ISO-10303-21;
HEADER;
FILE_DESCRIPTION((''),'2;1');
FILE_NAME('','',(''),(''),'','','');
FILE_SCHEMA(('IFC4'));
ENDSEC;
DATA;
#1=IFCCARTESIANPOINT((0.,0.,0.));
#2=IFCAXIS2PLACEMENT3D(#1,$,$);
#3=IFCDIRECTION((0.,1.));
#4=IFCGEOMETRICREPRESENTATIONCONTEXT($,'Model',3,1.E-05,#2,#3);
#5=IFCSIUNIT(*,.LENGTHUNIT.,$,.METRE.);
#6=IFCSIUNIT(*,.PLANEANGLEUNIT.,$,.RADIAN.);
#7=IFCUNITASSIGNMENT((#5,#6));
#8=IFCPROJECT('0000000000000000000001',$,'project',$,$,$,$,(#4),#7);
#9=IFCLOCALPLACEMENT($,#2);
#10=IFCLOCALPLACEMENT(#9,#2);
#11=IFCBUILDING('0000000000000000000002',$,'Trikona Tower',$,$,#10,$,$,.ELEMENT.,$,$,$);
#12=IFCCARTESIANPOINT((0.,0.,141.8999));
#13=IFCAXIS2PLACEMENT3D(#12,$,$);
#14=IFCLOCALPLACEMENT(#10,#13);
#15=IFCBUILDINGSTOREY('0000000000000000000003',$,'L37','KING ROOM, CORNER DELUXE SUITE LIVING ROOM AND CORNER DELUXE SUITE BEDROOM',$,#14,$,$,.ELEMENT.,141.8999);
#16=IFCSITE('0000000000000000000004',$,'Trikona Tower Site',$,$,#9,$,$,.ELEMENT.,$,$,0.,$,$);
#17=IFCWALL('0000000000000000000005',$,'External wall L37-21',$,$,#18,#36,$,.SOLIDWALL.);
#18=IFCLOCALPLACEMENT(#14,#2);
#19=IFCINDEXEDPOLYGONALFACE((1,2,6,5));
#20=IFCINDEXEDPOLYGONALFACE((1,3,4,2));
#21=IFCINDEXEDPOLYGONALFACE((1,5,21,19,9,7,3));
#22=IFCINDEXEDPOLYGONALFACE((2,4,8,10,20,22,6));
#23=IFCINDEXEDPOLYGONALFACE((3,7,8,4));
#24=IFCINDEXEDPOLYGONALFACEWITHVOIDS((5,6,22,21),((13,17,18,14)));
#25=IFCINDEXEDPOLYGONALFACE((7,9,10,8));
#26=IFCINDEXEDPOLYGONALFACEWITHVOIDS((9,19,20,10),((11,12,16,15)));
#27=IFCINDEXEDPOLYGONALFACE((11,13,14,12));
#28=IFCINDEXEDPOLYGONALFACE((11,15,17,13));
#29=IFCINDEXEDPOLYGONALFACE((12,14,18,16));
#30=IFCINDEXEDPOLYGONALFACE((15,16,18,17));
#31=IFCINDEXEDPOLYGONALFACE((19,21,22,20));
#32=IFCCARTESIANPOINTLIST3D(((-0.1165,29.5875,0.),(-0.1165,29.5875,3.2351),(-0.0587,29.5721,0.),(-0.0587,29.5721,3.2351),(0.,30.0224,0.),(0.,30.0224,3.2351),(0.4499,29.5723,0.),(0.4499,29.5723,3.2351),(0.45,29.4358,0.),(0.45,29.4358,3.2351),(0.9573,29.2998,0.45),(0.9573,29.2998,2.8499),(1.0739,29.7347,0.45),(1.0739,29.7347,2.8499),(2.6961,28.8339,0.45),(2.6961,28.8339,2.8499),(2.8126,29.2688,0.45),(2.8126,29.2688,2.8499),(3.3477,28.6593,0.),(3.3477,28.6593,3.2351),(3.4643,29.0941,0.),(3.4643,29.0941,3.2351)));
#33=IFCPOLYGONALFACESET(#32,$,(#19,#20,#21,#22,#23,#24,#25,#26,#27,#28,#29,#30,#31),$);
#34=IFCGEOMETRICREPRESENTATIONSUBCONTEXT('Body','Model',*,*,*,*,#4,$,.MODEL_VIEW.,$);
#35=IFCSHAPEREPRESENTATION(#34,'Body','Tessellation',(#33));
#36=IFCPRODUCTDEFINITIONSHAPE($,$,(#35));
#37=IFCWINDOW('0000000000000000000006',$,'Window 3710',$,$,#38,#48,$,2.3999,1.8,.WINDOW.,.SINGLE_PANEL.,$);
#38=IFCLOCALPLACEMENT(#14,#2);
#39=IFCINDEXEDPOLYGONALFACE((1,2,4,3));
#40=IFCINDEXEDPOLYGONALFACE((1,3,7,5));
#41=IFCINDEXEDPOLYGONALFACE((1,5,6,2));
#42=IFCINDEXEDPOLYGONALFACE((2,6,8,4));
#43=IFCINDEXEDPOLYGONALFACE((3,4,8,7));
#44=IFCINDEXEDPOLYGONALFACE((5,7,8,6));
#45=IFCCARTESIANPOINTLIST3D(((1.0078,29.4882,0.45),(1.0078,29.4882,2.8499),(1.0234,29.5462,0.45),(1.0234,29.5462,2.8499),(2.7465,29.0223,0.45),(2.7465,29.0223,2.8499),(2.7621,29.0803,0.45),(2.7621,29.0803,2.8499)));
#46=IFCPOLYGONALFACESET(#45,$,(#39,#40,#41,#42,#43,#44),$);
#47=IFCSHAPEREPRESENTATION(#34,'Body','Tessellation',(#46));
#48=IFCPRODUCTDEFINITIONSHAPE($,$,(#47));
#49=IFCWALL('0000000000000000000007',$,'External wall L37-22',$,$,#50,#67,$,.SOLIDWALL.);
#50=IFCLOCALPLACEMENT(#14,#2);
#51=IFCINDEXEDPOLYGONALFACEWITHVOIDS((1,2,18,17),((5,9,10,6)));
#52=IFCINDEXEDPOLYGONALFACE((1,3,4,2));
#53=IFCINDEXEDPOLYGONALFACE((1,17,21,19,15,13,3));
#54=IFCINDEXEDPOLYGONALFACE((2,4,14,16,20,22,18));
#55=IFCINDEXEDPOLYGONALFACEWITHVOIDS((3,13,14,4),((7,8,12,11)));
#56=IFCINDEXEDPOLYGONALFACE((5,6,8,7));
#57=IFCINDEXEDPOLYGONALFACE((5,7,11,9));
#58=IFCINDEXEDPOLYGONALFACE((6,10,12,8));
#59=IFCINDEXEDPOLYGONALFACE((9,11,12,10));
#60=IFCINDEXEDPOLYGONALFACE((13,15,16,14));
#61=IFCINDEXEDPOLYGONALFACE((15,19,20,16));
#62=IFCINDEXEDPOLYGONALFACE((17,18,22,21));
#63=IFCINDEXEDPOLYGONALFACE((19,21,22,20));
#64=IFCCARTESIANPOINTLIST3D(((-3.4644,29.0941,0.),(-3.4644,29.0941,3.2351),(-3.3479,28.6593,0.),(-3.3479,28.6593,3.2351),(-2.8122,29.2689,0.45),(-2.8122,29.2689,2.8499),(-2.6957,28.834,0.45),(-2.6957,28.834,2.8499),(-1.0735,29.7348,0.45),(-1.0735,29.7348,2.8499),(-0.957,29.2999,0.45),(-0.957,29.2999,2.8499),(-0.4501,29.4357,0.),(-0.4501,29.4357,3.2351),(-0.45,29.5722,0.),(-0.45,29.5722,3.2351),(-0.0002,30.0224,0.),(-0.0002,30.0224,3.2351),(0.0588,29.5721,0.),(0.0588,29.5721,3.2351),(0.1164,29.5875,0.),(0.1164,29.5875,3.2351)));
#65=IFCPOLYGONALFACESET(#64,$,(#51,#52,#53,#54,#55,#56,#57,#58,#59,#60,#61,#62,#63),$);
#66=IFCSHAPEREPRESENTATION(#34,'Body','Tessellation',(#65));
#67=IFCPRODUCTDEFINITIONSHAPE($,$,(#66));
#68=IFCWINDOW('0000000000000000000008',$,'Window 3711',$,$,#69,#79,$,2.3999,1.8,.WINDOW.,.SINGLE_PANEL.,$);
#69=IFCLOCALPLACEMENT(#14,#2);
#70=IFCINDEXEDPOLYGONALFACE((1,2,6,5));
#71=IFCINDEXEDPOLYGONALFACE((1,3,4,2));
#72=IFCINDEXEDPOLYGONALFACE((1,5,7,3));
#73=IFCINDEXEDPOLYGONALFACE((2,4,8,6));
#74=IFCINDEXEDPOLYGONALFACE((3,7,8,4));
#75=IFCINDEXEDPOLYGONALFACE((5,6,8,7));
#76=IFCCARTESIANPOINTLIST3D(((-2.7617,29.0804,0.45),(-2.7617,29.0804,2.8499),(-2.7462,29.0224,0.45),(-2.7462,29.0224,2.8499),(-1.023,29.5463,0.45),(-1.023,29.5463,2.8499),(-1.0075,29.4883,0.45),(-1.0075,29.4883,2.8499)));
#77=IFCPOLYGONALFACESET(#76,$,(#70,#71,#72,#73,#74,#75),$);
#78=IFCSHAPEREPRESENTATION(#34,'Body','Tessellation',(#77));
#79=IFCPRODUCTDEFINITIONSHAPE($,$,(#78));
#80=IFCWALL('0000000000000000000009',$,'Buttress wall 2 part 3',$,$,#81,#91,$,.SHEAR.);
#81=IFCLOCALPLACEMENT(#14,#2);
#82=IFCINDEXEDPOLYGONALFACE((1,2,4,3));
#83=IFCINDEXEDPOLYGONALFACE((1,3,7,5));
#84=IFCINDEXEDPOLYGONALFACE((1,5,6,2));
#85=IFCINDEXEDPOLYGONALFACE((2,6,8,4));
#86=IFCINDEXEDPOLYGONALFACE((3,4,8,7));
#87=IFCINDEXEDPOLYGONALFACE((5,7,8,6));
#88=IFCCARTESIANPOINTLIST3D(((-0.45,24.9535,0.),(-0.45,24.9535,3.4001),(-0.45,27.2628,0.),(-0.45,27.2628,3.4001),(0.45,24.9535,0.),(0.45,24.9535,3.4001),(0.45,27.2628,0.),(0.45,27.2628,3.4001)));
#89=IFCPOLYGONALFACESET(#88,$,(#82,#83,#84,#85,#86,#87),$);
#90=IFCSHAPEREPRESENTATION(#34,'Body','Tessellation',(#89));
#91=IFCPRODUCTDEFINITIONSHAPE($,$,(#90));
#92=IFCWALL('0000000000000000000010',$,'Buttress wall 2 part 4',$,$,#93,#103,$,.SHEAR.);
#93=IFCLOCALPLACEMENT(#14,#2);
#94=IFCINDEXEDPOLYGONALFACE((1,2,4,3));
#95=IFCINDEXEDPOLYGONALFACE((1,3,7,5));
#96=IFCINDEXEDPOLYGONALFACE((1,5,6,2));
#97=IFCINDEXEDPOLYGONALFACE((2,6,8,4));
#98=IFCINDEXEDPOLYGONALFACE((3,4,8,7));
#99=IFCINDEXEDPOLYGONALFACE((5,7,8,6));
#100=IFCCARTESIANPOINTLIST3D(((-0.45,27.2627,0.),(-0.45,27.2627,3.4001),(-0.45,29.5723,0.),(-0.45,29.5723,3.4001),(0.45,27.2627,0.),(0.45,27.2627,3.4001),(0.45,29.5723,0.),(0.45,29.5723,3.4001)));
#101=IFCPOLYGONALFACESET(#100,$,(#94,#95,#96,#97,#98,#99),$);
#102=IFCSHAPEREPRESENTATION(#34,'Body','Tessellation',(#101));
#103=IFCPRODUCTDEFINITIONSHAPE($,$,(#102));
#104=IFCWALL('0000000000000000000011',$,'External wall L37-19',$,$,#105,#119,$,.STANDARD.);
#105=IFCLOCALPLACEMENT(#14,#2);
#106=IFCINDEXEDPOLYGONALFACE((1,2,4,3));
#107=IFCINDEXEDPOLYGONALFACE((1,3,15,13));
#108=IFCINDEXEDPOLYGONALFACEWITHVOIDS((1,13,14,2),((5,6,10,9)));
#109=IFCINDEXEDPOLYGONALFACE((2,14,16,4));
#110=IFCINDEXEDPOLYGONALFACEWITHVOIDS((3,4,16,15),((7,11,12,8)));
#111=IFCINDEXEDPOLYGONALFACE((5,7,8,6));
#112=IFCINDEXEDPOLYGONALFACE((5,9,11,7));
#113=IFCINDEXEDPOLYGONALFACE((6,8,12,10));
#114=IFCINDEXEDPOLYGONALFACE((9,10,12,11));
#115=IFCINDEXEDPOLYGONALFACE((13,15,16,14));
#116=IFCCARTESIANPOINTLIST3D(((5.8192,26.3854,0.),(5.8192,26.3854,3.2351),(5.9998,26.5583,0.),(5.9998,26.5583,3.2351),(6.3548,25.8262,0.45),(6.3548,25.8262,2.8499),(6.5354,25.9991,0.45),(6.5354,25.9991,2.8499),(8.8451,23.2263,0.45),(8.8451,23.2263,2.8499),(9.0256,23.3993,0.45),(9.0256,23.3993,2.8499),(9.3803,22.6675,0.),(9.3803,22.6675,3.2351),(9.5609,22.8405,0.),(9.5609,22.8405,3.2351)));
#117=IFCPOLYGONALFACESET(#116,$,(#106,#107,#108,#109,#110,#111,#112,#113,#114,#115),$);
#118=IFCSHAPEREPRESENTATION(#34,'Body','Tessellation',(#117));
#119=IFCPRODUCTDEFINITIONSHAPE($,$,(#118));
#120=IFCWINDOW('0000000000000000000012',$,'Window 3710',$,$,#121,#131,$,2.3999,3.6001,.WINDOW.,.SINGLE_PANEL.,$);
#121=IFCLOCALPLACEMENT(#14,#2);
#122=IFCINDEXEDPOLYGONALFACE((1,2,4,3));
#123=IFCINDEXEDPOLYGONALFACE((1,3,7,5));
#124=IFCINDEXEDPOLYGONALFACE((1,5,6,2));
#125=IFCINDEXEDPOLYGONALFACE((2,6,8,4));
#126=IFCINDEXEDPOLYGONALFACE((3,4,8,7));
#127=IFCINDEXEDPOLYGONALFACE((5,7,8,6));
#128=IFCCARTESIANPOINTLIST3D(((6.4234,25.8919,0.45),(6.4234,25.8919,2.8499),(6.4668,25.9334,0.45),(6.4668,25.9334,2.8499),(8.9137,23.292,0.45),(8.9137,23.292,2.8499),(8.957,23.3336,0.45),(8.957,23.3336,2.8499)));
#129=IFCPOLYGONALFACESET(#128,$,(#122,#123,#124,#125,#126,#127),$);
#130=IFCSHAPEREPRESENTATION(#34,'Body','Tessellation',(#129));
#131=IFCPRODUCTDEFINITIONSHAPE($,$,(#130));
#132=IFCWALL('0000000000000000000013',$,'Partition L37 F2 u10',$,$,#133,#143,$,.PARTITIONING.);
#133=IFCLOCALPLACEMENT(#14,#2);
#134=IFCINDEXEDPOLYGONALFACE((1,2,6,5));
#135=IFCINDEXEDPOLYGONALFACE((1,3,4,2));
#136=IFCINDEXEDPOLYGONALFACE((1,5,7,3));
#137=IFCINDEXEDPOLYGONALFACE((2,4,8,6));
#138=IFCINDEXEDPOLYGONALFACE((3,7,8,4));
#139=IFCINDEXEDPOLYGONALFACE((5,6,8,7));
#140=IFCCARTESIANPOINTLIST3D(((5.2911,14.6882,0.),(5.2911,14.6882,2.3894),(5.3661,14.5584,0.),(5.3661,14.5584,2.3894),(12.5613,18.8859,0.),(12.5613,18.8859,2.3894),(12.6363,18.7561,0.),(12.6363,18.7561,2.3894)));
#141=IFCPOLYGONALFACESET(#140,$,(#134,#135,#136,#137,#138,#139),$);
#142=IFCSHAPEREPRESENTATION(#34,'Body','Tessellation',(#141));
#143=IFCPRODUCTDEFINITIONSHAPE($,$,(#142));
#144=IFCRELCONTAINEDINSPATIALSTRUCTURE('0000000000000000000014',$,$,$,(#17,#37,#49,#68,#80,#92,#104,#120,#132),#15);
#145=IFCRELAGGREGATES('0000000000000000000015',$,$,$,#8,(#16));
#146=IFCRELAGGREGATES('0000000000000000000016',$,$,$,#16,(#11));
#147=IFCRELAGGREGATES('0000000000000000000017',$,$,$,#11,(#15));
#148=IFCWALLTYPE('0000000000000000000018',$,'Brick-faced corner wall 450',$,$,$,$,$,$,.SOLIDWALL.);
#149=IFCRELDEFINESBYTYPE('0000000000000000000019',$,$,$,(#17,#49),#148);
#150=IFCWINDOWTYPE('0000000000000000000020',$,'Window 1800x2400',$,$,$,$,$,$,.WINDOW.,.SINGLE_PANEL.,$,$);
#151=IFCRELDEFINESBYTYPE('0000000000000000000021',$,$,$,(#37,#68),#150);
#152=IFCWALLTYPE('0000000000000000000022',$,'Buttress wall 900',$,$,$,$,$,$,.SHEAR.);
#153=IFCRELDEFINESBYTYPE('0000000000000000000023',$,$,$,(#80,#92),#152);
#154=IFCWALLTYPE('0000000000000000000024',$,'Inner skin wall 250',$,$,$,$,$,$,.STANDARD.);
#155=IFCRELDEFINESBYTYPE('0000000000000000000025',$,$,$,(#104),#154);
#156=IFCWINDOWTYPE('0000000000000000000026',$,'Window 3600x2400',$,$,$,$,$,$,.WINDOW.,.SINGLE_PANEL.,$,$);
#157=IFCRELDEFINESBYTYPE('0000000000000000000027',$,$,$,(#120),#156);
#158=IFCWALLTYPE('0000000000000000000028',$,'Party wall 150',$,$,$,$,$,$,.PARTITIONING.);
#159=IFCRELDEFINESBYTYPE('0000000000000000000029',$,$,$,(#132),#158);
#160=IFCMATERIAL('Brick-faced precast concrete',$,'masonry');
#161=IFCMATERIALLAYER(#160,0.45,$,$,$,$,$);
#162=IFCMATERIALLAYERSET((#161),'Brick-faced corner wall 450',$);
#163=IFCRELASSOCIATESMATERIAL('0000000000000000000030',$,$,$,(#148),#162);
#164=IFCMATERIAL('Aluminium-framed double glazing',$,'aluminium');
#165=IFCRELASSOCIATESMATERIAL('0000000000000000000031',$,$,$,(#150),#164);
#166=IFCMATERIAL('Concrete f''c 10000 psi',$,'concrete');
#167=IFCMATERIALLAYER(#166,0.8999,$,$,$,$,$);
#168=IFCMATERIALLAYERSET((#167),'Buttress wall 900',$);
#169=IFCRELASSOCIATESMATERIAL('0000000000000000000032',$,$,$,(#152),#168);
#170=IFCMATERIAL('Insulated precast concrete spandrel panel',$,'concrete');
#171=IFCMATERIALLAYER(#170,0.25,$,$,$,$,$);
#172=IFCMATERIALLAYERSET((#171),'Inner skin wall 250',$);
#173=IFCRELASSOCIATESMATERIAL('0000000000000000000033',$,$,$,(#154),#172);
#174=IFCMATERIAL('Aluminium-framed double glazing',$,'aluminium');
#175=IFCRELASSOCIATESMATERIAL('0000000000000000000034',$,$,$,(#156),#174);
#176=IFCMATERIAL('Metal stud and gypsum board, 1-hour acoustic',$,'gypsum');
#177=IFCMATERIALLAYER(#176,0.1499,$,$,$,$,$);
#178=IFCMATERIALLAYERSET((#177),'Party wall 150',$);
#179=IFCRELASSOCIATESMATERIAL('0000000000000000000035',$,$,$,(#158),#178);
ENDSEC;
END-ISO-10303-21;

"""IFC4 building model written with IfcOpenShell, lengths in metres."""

from ifc_helpers import new_model, si_unit, direction, frame, frame_2d, origin, place, context, subcontext, project, spatial, polyline, rectangle, outline, extrude, material, layer, layer_set, type_object, element, fill, save


model = new_model("IFC4")

# Units and contexts
model_context = context("Model", 3, precision=1e-05, world=origin(), true_north=direction((0.0, 1.0)))
body_context = subcontext(model_context, "Body", "Model", "MODEL_VIEW")
ifc_project = project(units=[si_unit("LENGTHUNIT", "METRE"), si_unit("PLANEANGLEUNIT", "RADIAN")], contexts=[model_context])

# Site, building, storey
site_placement = place(None, origin())
site = spatial("IfcSite", under=ifc_project, at=site_placement, Name="Trikona Tower Site", CompositionType="ELEMENT", RefElevation=0.0)
building_placement = place(site_placement, origin())
building = spatial("IfcBuilding", under=site, at=building_placement, Name="Trikona Tower", CompositionType="ELEMENT")
storey_placement = place(building_placement, frame((0.0, 0.0, 141.8999)))
storey = spatial("IfcBuildingStorey", under=building, at=storey_placement, Name="L37", Description="KING ROOM, CORNER DELUXE SUITE LIVING ROOM AND CORNER DELUXE SUITE BEDROOM", CompositionType="ELEMENT", Elevation=141.8999)

# Walls, openings, windows
ifc_material_1 = material(Name="Brick-faced precast concrete", Category="masonry")
ifc_layer_1 = layer(ifc_material_1, 0.45)
ifc_layer_set_1 = layer_set([ifc_layer_1], Name="Brick-faced corner wall 450")
wall_type_1 = type_object("IfcWallType", Name="Brick-faced corner wall 450", PredefinedType="SOLIDWALL", material=ifc_layer_set_1)
wall_1_placement = place(storey_placement, frame((3.406, 28.8767, 0.0), z_axis=(0.0, 0.0, 1.0), x_axis=(-0.965925, 0.258823, 0.0)))
wall_1 = element("IfcWall", 1, at=wall_1_placement, inside=storey, type_object=wall_type_1, Name="External wall L37-21", PredefinedType="SOLIDWALL", context=body_context, shape_type="SweptSolid", body=[
    extrude(outline(polyline([(3.5864, 0.2251), (3.5266, 0.2251), (3.0354, 0.0933), (3.0, 0.2251), (0.0, 0.2251), (0.0, -0.2251), (3.5864, -0.2251), (3.5864, 0.2251)])), origin(), (0.0, 0.0, 1.0), 3.2351),
])
opening_1_placement = place(wall_1_placement, frame((0.6748, 0.0, 0.45)))
opening_1 = element("IfcOpeningElement", 2, at=opening_1_placement, cuts=wall_1, PredefinedType="OPENING", context=body_context, shape_type="SweptSolid", body=[
    extrude(rectangle(XDim=1.8, YDim=2.3999, at=frame_2d((0.8999, 1.2))), frame((0.0, 0.2349, 0.0), z_axis=(0.0, -1.0, 0.0), x_axis=(1.0, 0.0, 0.0)), (0.0, 0.0, 1.0), 0.47),
])
ifc_material_2 = material(Name="Aluminium-framed double glazing", Category="aluminium")
window_type_1 = type_object("IfcWindowType", Name="Window 1800x2400", PartitioningType="SINGLE_PANEL", PredefinedType="WINDOW", material=ifc_material_2)
window_1_placement = place(opening_1_placement, origin())
window_1 = element("IfcWindow", 3, at=window_1_placement, inside=storey, type_object=window_type_1, Name="Window 3710", OverallHeight=2.3999, OverallWidth=1.8, PartitioningType="SINGLE_PANEL", PredefinedType="WINDOW", context=body_context, shape_type="SweptSolid", body=[
    extrude(rectangle(XDim=1.8, YDim=2.3999, at=frame_2d((0.8999, 1.2))), frame((0.0, 0.03, 0.0), z_axis=(0.0, -1.0, 0.0), x_axis=(1.0, 0.0, 0.0)), (0.0, 0.0, 1.0), 0.0601),
])
fill(opening_1, window_1)
wall_2_placement = place(storey_placement, frame((0.0581, 29.8049, 0.0), z_axis=(0.0, 0.0, 1.0), x_axis=(-0.965925, -0.258823, 0.0)))
wall_2 = element("IfcWall", 4, at=wall_2_placement, inside=storey, type_object=wall_type_1, Name="External wall L37-22", PredefinedType="SOLIDWALL", context=body_context, shape_type="SweptSolid", body=[
    extrude(outline(polyline([(3.5864, 0.2251), (0.5864, 0.2251), (0.551, 0.0933), (0.0596, 0.2251), (0.0, 0.2251), (0.0, -0.2251), (3.5864, -0.2251), (3.5864, 0.2251)])), origin(), (0.0, 0.0, 1.0), 3.2351),
])
opening_2_placement = place(wall_2_placement, frame((1.1113, 0.0, 0.45)))
opening_2 = element("IfcOpeningElement", 5, at=opening_2_placement, cuts=wall_2, PredefinedType="OPENING", context=body_context, shape_type="SweptSolid", body=[
    extrude(rectangle(XDim=1.8, YDim=2.3999, at=frame_2d((0.8999, 1.2))), frame((0.0, 0.2349, 0.0), z_axis=(0.0, -1.0, 0.0), x_axis=(1.0, 0.0, 0.0)), (0.0, 0.0, 1.0), 0.47),
])
window_2_placement = place(opening_2_placement, origin())
window_2 = element("IfcWindow", 6, at=window_2_placement, inside=storey, type_object=window_type_1, Name="Window 3711", OverallHeight=2.3999, OverallWidth=1.8, PartitioningType="SINGLE_PANEL", PredefinedType="WINDOW", context=body_context, shape_type="SweptSolid", body=[
    extrude(rectangle(XDim=1.8, YDim=2.3999, at=frame_2d((0.8999, 1.2))), frame((0.0, 0.03, 0.0), z_axis=(0.0, -1.0, 0.0), x_axis=(1.0, 0.0, 0.0)), (0.0, 0.0, 1.0), 0.0601),
])
fill(opening_2, window_2)

# Walls
ifc_material_3 = material(Name="Concrete f'c 10000 psi", Category="concrete")
ifc_layer_2 = layer(ifc_material_3, 0.8999)
ifc_layer_set_2 = layer_set([ifc_layer_2], Name="Buttress wall 900")
wall_type_2 = type_object("IfcWallType", Name="Buttress wall 900", PredefinedType="SHEAR", material=ifc_layer_set_2)
wall_3_placement = place(storey_placement, frame((0.0, 24.9534, 0.0), z_axis=(0.0, 0.0, 1.0), x_axis=(0.0, 1.0, 0.0)))
element("IfcWall", 7, at=wall_3_placement, inside=storey, type_object=wall_type_2, Name="Buttress wall 2 part 3", PredefinedType="SHEAR", context=body_context, shape_type="SweptSolid", body=[
    extrude(rectangle(XDim=2.3093, YDim=0.8999, at=frame_2d((1.1548, 0.0))), origin(), (0.0, 0.0, 1.0), 3.4001),
])
wall_4_placement = place(storey_placement, frame((0.0, 27.2627, 0.0), z_axis=(0.0, 0.0, 1.0), x_axis=(0.0, 1.0, 0.0)))
element("IfcWall", 8, at=wall_4_placement, inside=storey, type_object=wall_type_2, Name="Buttress wall 2 part 4", PredefinedType="SHEAR", context=body_context, shape_type="SweptSolid", body=[
    extrude(rectangle(XDim=2.3096, YDim=0.8999, at=frame_2d((1.1548, 0.0))), origin(), (0.0, 0.0, 1.0), 3.4001),
])

# Wall, opening, window
ifc_material_4 = material(Name="Insulated precast concrete spandrel panel", Category="concrete")
ifc_layer_3 = layer(ifc_material_4, 0.25)
ifc_layer_set_3 = layer_set([ifc_layer_3], Name="Inner skin wall 250")
wall_type_3 = type_object("IfcWallType", Name="Inner skin wall 250", PredefinedType="STANDARD", material=ifc_layer_set_3)
wall_5_placement = place(storey_placement, frame((9.4707, 22.7539, 0.0), z_axis=(0.0, 0.0, 1.0), x_axis=(-0.69172, 0.722166, 0.0)))
wall_5 = element("IfcWall", 9, at=wall_5_placement, inside=storey, type_object=wall_type_3, Name="External wall L37-19", PredefinedType="STANDARD", context=body_context, shape_type="SweptSolid", body=[
    extrude(rectangle(XDim=5.1482, YDim=0.25, at=frame_2d((2.5742, 0.0))), origin(), (0.0, 0.0, 1.0), 3.2351),
])
opening_3_placement = place(wall_5_placement, frame((0.7739, 0.0, 0.45)))
opening_3 = element("IfcOpeningElement", 10, at=opening_3_placement, cuts=wall_5, PredefinedType="OPENING", context=body_context, shape_type="SweptSolid", body=[
    extrude(rectangle(XDim=3.6001, YDim=2.3999, at=frame_2d((1.8, 1.2))), frame((0.0, 0.135, 0.0), z_axis=(0.0, -1.0, 0.0), x_axis=(1.0, 0.0, 0.0)), (0.0, 0.0, 1.0), 0.27),
])
ifc_material_5 = material(Name="Aluminium-framed double glazing", Category="aluminium")
window_type_2 = type_object("IfcWindowType", Name="Window 3600x2400", PartitioningType="SINGLE_PANEL", PredefinedType="WINDOW", material=ifc_material_5)
window_3_placement = place(opening_3_placement, origin())
window_3 = element("IfcWindow", 11, at=window_3_placement, inside=storey, type_object=window_type_2, Name="Window 3710", OverallHeight=2.3999, OverallWidth=3.6001, PartitioningType="SINGLE_PANEL", PredefinedType="WINDOW", context=body_context, shape_type="SweptSolid", body=[
    extrude(rectangle(XDim=3.6001, YDim=2.3999, at=frame_2d((1.8, 1.2))), frame((0.0, 0.03, 0.0), z_axis=(0.0, -1.0, 0.0), x_axis=(1.0, 0.0, 0.0)), (0.0, 0.0, 1.0), 0.0601),
])
fill(opening_3, window_3)

# Wall
ifc_material_6 = material(Name="Metal stud and gypsum board, 1-hour acoustic", Category="gypsum")
ifc_layer_4 = layer(ifc_material_6, 0.1499)
ifc_layer_set_4 = layer_set([ifc_layer_4], Name="Party wall 150")
wall_type_4 = type_object("IfcWallType", Name="Party wall 150", PredefinedType="PARTITIONING", material=ifc_layer_set_4)
wall_6_placement = place(storey_placement, frame((5.3286, 14.6233, 0.0), z_axis=(0.0, 0.0, 1.0), x_axis=(0.866012, 0.500024, 0.0)))
element("IfcWall", 12, at=wall_6_placement, inside=storey, type_object=wall_type_4, Name="Partition L37 F2 u10", PredefinedType="PARTITIONING", context=body_context, shape_type="SweptSolid", body=[
    extrude(rectangle(XDim=8.395, YDim=0.1499, at=frame_2d((4.1975, 0.0))), origin(), (0.0, 0.0, 1.0), 2.3894),
])

save(model, "model.ifc")
